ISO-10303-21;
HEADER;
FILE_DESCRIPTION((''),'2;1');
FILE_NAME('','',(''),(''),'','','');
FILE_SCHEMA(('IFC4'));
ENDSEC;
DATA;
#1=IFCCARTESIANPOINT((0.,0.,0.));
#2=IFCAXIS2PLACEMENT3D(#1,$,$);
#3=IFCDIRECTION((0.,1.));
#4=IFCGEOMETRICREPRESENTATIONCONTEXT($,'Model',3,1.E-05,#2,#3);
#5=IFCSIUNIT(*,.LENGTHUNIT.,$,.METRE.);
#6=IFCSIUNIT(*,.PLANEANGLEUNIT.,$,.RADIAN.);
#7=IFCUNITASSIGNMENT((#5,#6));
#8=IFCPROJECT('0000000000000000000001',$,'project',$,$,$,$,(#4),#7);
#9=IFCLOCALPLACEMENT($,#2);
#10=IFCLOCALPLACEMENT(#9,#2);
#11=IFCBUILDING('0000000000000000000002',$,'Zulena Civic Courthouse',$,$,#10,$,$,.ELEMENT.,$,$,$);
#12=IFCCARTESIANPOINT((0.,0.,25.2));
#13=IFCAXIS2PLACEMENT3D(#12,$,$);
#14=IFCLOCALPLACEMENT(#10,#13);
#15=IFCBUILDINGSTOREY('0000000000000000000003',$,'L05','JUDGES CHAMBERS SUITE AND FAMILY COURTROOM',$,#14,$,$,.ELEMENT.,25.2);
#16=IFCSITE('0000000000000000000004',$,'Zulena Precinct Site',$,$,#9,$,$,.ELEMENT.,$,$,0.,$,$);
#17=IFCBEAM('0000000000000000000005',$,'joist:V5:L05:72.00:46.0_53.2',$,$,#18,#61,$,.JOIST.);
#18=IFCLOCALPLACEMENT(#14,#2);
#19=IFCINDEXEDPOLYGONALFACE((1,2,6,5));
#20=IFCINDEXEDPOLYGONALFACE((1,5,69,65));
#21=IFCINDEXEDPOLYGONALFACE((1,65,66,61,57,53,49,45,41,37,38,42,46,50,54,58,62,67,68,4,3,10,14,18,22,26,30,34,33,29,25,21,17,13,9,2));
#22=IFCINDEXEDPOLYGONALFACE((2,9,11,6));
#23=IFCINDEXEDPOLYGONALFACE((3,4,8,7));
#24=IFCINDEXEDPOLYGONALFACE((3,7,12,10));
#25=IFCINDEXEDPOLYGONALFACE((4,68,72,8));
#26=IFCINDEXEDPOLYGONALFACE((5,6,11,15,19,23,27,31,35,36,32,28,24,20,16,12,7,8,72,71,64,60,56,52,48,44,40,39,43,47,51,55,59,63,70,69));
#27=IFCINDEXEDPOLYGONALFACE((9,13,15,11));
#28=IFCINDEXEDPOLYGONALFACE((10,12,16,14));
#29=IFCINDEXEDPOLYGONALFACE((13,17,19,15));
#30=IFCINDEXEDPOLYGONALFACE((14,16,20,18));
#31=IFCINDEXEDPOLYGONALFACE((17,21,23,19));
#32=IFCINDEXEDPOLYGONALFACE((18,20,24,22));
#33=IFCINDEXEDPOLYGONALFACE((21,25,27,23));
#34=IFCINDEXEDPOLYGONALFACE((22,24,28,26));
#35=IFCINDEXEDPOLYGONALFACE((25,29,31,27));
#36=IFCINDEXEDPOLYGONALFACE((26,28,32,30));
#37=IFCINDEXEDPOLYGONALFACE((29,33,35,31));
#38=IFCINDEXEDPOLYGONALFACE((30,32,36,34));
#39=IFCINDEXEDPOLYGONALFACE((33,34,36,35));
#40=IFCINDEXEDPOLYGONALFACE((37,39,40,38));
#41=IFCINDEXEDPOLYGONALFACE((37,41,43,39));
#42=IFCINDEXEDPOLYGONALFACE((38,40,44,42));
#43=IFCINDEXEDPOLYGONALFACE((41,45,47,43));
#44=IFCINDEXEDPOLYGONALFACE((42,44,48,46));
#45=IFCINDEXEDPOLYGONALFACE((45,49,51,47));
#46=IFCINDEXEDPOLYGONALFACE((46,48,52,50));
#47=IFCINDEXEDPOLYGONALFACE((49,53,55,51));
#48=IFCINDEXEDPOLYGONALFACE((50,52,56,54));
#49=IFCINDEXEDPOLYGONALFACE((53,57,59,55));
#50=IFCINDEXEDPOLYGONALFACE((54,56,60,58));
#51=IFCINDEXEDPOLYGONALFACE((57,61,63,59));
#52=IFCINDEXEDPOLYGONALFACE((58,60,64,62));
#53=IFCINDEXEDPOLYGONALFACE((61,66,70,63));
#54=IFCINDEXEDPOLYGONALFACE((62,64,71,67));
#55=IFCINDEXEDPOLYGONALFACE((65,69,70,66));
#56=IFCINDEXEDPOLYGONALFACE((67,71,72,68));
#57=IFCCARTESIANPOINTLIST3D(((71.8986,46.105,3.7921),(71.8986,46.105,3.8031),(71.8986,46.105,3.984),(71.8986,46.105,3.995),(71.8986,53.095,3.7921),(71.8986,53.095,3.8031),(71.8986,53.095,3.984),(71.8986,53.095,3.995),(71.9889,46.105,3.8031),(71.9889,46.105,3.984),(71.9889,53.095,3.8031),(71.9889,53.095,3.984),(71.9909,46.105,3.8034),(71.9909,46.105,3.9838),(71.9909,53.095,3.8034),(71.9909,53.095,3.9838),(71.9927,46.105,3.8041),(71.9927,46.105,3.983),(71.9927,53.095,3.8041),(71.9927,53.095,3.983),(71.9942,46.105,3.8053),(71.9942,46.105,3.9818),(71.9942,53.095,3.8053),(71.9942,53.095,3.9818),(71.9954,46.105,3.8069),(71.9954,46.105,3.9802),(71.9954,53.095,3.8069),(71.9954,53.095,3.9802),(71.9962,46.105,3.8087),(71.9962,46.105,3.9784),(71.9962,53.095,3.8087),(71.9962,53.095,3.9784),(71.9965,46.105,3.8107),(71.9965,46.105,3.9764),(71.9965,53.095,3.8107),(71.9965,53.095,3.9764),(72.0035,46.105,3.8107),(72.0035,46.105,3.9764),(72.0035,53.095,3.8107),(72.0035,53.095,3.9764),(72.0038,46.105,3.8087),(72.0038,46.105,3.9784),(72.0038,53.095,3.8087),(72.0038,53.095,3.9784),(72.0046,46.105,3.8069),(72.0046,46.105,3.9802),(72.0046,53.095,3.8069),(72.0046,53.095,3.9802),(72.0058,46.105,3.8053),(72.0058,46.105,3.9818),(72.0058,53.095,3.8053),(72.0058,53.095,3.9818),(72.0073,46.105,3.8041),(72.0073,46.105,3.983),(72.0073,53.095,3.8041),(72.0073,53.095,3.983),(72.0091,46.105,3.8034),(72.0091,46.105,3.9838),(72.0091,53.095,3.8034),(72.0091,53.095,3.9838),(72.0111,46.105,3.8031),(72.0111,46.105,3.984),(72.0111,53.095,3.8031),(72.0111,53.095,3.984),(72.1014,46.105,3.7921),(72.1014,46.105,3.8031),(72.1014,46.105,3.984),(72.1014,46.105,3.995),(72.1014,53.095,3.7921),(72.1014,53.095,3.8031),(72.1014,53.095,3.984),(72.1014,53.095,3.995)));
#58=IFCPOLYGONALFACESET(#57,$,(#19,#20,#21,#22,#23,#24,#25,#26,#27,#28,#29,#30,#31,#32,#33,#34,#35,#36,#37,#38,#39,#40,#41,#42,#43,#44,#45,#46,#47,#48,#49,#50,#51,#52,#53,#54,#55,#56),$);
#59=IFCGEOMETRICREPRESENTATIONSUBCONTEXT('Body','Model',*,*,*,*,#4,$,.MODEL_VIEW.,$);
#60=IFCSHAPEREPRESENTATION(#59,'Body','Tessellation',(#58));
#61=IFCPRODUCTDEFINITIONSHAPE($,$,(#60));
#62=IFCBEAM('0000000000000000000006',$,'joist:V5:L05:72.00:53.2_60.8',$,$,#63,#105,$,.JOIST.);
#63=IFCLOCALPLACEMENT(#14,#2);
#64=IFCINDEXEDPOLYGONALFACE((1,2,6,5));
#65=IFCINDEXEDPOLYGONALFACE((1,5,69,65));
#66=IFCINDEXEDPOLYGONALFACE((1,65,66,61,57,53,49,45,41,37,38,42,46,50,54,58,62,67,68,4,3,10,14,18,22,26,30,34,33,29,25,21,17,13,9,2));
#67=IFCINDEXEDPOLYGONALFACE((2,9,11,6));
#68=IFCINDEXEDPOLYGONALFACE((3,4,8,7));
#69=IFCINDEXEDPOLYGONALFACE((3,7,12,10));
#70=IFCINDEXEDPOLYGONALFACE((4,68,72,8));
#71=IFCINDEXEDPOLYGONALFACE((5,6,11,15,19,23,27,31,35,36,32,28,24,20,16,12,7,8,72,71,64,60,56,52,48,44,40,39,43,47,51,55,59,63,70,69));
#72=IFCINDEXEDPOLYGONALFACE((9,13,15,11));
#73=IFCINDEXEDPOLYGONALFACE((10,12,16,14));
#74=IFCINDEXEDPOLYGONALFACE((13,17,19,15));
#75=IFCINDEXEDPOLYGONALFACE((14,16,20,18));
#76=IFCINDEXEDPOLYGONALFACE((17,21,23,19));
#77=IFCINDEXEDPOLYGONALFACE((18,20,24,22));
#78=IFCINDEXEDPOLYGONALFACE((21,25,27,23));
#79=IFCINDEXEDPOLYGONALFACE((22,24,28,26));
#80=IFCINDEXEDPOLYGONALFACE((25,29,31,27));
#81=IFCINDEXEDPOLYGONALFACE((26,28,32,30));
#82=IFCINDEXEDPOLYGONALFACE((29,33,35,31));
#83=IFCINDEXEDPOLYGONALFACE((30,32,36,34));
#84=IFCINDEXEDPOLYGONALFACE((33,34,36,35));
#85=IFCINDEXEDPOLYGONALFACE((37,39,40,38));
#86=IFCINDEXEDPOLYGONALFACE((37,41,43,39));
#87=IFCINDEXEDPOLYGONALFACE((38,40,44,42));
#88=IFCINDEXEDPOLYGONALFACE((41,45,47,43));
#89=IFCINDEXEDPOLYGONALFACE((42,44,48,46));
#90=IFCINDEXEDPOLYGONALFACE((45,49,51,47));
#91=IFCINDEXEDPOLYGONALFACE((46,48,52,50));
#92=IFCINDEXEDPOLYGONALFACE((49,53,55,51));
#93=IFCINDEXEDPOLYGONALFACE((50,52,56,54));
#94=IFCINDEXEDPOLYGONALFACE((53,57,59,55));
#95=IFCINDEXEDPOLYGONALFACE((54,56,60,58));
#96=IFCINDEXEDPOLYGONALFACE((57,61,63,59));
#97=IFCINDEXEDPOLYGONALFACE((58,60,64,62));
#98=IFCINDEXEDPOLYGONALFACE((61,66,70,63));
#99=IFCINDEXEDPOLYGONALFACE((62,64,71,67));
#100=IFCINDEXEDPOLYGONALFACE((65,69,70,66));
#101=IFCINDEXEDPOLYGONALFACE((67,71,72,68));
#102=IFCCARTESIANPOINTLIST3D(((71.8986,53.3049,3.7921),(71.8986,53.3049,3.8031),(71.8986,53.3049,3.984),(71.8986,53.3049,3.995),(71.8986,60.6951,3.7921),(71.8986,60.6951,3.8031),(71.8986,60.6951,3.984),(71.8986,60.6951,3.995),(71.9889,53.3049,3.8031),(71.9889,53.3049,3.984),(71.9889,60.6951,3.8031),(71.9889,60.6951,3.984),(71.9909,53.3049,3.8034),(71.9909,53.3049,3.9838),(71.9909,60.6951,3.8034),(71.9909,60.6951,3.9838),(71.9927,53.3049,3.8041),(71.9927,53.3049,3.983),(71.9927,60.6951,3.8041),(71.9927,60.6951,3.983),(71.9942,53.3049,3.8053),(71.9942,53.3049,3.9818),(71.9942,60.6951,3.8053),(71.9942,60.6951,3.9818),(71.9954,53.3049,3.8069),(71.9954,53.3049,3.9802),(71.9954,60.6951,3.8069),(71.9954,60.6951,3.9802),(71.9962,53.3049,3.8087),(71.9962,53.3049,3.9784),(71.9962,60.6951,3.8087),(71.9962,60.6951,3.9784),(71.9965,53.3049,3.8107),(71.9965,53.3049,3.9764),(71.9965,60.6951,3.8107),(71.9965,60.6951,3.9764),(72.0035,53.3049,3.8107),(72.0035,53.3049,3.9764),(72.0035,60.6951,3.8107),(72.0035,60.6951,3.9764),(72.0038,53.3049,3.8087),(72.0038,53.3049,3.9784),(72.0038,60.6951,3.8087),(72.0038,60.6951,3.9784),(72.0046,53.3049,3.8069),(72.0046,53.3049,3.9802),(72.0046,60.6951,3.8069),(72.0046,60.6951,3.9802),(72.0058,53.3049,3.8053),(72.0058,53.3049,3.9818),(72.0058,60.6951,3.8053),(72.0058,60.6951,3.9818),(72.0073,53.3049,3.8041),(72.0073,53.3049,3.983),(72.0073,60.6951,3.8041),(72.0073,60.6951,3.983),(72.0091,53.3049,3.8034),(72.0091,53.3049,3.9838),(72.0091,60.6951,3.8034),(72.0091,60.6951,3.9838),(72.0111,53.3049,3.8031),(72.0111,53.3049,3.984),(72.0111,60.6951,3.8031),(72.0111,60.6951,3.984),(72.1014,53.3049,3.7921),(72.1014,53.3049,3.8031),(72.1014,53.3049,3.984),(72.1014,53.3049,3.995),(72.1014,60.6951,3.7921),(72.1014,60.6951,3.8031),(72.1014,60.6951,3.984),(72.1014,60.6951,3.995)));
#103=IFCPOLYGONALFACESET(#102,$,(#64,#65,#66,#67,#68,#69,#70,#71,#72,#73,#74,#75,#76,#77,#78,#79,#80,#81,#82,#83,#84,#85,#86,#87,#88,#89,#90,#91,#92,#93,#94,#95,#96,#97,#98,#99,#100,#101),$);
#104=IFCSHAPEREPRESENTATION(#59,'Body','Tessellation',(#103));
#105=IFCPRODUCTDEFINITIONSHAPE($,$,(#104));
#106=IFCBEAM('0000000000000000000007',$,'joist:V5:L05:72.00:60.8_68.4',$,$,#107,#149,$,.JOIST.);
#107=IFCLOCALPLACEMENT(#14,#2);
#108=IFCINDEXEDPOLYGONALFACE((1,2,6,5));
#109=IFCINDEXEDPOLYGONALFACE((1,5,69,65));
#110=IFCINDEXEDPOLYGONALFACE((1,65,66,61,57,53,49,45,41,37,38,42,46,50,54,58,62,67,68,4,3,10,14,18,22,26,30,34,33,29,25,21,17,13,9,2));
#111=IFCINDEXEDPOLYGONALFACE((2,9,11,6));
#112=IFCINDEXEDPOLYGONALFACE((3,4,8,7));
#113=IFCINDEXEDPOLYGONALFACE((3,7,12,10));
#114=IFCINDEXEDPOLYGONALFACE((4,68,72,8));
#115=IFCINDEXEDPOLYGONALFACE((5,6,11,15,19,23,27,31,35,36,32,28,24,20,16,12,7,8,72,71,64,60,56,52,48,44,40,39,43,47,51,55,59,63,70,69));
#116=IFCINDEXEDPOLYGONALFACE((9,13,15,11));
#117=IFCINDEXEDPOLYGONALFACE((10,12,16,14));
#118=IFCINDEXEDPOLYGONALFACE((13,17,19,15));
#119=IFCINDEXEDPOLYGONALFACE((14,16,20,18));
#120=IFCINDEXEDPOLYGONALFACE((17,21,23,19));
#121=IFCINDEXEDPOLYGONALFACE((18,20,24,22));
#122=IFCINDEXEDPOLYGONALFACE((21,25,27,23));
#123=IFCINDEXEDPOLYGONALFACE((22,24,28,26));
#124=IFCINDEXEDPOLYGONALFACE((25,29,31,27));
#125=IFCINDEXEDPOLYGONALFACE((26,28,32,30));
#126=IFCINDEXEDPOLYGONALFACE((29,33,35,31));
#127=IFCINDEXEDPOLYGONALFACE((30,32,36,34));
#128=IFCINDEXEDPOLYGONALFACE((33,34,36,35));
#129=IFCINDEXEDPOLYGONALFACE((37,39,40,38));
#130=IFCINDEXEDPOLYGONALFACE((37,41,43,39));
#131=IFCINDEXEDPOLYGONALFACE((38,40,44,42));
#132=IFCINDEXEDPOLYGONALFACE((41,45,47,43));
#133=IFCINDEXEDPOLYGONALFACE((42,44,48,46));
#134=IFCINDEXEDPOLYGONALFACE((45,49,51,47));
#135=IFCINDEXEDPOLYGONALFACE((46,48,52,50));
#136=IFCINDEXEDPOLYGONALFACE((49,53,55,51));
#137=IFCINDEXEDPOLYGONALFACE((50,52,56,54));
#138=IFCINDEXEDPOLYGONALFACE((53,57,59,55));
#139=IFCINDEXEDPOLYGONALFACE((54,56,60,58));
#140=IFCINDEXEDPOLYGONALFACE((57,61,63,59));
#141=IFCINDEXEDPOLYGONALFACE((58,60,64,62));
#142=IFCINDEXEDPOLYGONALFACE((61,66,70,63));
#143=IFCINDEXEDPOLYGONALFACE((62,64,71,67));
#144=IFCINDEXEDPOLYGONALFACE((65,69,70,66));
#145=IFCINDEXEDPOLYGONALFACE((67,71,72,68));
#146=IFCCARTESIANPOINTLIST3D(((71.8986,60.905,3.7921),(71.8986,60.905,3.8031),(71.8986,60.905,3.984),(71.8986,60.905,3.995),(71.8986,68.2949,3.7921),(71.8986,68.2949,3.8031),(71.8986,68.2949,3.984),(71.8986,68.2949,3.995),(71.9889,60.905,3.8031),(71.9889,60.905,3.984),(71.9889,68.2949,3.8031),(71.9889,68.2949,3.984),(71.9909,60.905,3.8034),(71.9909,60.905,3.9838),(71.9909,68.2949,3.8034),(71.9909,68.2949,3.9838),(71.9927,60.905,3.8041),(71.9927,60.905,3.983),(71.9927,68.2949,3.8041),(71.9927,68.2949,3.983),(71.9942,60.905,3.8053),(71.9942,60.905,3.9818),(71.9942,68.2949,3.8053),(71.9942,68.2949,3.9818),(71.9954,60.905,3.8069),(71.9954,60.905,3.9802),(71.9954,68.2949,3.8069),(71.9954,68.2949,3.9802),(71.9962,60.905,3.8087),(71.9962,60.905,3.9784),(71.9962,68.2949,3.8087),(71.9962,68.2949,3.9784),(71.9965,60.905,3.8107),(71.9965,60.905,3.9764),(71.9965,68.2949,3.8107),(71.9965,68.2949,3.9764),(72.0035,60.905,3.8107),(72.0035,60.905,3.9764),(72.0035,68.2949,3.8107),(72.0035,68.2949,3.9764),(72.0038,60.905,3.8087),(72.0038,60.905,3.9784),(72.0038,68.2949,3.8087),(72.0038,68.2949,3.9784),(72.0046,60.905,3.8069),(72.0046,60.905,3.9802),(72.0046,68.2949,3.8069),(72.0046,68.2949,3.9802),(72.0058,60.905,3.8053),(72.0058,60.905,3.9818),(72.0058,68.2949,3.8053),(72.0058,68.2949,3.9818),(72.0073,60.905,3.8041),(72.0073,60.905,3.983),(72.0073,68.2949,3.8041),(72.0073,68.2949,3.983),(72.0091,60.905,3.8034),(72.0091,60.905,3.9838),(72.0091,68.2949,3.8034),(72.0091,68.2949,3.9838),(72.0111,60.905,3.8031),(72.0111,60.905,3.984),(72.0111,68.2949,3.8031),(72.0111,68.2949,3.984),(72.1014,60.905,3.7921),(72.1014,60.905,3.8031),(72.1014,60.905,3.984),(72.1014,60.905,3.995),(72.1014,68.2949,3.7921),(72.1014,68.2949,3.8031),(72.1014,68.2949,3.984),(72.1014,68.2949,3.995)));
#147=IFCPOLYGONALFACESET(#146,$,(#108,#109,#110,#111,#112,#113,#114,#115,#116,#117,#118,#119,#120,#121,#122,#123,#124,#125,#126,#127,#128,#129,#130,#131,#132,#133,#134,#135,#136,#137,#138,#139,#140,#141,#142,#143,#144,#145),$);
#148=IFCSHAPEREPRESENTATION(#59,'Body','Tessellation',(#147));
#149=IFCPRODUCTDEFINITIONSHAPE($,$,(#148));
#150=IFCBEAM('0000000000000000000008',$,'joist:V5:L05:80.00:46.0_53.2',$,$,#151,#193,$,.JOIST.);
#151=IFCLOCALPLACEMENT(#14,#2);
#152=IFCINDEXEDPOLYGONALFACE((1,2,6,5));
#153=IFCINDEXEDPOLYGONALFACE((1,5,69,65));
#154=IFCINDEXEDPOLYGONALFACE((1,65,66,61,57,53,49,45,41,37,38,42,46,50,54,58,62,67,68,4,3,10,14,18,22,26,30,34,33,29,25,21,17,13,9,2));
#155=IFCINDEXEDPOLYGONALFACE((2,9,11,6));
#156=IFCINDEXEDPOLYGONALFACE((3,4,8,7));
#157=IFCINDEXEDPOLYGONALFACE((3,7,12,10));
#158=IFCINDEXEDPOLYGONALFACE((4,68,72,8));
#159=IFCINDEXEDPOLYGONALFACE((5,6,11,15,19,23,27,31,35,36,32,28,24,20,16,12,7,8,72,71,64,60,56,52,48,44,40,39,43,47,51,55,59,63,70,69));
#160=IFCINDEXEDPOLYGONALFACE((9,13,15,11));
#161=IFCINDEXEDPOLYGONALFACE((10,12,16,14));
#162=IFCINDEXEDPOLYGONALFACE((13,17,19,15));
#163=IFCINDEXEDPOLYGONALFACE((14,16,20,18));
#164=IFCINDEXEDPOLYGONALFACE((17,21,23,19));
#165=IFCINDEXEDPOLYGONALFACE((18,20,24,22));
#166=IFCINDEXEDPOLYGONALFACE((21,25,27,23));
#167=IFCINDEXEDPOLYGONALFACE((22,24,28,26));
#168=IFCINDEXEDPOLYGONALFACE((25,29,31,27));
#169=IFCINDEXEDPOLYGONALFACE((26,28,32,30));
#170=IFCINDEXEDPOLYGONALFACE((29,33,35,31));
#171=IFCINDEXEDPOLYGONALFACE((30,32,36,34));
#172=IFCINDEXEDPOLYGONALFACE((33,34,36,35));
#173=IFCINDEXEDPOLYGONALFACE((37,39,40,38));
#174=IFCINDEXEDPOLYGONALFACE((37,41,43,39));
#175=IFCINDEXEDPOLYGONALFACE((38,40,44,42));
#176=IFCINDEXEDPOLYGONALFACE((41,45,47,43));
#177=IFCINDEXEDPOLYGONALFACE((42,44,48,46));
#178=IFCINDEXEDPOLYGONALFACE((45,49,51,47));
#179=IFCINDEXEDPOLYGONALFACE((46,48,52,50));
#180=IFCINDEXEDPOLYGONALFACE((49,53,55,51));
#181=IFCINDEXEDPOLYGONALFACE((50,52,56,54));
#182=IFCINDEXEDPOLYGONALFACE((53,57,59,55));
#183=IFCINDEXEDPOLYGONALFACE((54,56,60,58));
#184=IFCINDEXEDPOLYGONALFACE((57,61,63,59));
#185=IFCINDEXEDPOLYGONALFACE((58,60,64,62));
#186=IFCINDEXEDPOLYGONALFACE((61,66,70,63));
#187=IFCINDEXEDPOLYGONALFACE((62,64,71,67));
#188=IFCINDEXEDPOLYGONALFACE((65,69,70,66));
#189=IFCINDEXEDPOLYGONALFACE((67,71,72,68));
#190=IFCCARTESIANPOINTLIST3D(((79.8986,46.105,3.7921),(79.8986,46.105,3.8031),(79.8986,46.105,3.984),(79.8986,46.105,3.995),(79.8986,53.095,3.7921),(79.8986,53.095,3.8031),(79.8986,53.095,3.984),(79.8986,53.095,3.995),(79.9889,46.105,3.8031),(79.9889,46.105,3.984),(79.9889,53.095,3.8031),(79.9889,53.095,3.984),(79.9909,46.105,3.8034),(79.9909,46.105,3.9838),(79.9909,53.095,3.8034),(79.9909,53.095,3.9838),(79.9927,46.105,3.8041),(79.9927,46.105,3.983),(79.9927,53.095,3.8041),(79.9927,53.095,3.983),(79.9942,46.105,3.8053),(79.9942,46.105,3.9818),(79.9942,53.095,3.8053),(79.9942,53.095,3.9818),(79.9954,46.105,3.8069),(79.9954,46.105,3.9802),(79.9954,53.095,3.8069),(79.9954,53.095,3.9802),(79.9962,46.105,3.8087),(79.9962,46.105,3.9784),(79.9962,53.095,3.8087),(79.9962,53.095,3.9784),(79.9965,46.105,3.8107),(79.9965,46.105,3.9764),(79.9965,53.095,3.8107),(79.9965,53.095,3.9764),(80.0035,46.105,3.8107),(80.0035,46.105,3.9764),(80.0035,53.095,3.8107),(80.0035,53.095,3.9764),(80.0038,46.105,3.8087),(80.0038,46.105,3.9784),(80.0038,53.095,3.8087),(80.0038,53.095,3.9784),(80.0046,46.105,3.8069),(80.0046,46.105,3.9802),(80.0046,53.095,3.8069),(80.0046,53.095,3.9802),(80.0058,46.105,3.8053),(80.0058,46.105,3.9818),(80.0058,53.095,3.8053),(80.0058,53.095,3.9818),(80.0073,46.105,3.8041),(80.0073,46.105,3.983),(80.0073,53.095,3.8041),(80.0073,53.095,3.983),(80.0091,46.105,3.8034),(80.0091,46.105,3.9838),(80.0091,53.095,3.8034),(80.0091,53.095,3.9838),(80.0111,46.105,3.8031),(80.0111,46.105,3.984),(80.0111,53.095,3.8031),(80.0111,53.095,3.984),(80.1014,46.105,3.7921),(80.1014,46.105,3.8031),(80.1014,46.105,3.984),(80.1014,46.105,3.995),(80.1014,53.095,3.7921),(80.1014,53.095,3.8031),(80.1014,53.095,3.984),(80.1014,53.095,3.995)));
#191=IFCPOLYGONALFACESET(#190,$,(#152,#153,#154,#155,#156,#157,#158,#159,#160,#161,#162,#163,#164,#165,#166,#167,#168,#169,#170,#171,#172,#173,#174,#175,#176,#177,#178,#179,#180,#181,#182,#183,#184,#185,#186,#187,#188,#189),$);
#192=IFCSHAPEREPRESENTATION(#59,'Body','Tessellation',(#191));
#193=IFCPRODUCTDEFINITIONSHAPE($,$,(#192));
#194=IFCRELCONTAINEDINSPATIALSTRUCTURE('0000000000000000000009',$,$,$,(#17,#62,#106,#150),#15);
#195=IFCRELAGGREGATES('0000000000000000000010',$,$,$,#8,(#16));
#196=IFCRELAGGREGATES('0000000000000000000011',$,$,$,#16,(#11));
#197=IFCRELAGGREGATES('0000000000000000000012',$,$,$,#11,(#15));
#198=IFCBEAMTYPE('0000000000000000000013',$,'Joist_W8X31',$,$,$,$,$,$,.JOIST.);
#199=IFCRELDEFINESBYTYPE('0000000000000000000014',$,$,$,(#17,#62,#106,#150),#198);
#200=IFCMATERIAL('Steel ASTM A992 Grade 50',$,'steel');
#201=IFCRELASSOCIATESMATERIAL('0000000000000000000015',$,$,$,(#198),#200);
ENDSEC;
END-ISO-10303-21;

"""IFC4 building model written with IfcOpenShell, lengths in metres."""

from ifc_helpers import new_model, si_unit, direction, frame, origin, origin_2d, place, context, subcontext, project, spatial, i_section, extrude, material, material_profile, profile_set, type_object, element, save


model = new_model("IFC4")

# Units and contexts
model_context = context("Model", 3, precision=1e-05, world=origin(), true_north=direction((0.0, 1.0)))
body_context = subcontext(model_context, "Body", "Model", "MODEL_VIEW")
ifc_project = project(units=[si_unit("LENGTHUNIT", "METRE"), si_unit("PLANEANGLEUNIT", "RADIAN")], contexts=[model_context])

# Site, building, storey
site_placement = place(None, origin())
site = spatial("IfcSite", under=ifc_project, at=site_placement, Name="Zulena Precinct Site", CompositionType="ELEMENT", RefElevation=0.0)
building_placement = place(site_placement, origin())
building = spatial("IfcBuilding", under=site, at=building_placement, Name="Zulena Civic Courthouse", CompositionType="ELEMENT")
storey_placement = place(building_placement, frame((0.0, 0.0, 25.2)))
storey = spatial("IfcBuildingStorey", under=building, at=storey_placement, Name="L05", Description="JUDGES CHAMBERS SUITE AND FAMILY COURTROOM", CompositionType="ELEMENT", Elevation=25.2)

# Shared definitions
ifc_material_1 = material(Name="Steel ASTM A992 Grade 50", Category="steel")

# Beams
ifc_material_profile_1 = material_profile(ifc_material_1, i_section(OverallWidth=0.2029, OverallDepth=0.2029, WebThickness=0.0071, FlangeThickness=0.011, FilletRadius=0.0076, at=origin_2d()), Name="W8X31")
ifc_profile_set_1 = profile_set([ifc_material_profile_1], Name="Steel ASTM A992 Grade 50")
beam_type_1 = type_object("IfcBeamType", Name="Joist_W8X31", PredefinedType="JOIST", material=ifc_profile_set_1)
beam_1_placement = place(storey_placement, frame((72.0, 46.105, 3.8936), z_axis=(0.0, 1.0, 0.0), x_axis=(-1.0, 0.0, 0.0)))
element("IfcBeam", 1, at=beam_1_placement, inside=storey, type_object=beam_type_1, Name="joist:V5:L05:72.00:46.0_53.2", PredefinedType="JOIST", context=body_context, shape_type="SweptSolid", body=[
    extrude(i_section(OverallWidth=0.2029, OverallDepth=0.2029, WebThickness=0.0071, FlangeThickness=0.011, FilletRadius=0.0076, at=origin_2d()), origin(), (0.0, 0.0, 1.0), 6.99),
])
beam_2_placement = place(storey_placement, frame((72.0, 53.3049, 3.8936), z_axis=(0.0, 1.0, 0.0), x_axis=(-1.0, 0.0, 0.0)))
element("IfcBeam", 2, at=beam_2_placement, inside=storey, type_object=beam_type_1, Name="joist:V5:L05:72.00:53.2_60.8", PredefinedType="JOIST", context=body_context, shape_type="SweptSolid", body=[
    extrude(i_section(OverallWidth=0.2029, OverallDepth=0.2029, WebThickness=0.0071, FlangeThickness=0.011, FilletRadius=0.0076, at=origin_2d()), origin(), (0.0, 0.0, 1.0), 7.3901),
])
beam_3_placement = place(storey_placement, frame((72.0, 60.905, 3.8936), z_axis=(0.0, 1.0, 0.0), x_axis=(-1.0, 0.0, 0.0)))
element("IfcBeam", 3, at=beam_3_placement, inside=storey, type_object=beam_type_1, Name="joist:V5:L05:72.00:60.8_68.4", PredefinedType="JOIST", context=body_context, shape_type="SweptSolid", body=[
    extrude(i_section(OverallWidth=0.2029, OverallDepth=0.2029, WebThickness=0.0071, FlangeThickness=0.011, FilletRadius=0.0076, at=origin_2d()), origin(), (0.0, 0.0, 1.0), 7.3899),
])
beam_4_placement = place(storey_placement, frame((80.0, 46.105, 3.8936), z_axis=(0.0, 1.0, 0.0), x_axis=(-1.0, 0.0, 0.0)))
element("IfcBeam", 4, at=beam_4_placement, inside=storey, type_object=beam_type_1, Name="joist:V5:L05:80.00:46.0_53.2", PredefinedType="JOIST", context=body_context, shape_type="SweptSolid", body=[
    extrude(i_section(OverallWidth=0.2029, OverallDepth=0.2029, WebThickness=0.0071, FlangeThickness=0.011, FilletRadius=0.0076, at=origin_2d()), origin(), (0.0, 0.0, 1.0), 6.99),
])

save(model, "model.ifc")
